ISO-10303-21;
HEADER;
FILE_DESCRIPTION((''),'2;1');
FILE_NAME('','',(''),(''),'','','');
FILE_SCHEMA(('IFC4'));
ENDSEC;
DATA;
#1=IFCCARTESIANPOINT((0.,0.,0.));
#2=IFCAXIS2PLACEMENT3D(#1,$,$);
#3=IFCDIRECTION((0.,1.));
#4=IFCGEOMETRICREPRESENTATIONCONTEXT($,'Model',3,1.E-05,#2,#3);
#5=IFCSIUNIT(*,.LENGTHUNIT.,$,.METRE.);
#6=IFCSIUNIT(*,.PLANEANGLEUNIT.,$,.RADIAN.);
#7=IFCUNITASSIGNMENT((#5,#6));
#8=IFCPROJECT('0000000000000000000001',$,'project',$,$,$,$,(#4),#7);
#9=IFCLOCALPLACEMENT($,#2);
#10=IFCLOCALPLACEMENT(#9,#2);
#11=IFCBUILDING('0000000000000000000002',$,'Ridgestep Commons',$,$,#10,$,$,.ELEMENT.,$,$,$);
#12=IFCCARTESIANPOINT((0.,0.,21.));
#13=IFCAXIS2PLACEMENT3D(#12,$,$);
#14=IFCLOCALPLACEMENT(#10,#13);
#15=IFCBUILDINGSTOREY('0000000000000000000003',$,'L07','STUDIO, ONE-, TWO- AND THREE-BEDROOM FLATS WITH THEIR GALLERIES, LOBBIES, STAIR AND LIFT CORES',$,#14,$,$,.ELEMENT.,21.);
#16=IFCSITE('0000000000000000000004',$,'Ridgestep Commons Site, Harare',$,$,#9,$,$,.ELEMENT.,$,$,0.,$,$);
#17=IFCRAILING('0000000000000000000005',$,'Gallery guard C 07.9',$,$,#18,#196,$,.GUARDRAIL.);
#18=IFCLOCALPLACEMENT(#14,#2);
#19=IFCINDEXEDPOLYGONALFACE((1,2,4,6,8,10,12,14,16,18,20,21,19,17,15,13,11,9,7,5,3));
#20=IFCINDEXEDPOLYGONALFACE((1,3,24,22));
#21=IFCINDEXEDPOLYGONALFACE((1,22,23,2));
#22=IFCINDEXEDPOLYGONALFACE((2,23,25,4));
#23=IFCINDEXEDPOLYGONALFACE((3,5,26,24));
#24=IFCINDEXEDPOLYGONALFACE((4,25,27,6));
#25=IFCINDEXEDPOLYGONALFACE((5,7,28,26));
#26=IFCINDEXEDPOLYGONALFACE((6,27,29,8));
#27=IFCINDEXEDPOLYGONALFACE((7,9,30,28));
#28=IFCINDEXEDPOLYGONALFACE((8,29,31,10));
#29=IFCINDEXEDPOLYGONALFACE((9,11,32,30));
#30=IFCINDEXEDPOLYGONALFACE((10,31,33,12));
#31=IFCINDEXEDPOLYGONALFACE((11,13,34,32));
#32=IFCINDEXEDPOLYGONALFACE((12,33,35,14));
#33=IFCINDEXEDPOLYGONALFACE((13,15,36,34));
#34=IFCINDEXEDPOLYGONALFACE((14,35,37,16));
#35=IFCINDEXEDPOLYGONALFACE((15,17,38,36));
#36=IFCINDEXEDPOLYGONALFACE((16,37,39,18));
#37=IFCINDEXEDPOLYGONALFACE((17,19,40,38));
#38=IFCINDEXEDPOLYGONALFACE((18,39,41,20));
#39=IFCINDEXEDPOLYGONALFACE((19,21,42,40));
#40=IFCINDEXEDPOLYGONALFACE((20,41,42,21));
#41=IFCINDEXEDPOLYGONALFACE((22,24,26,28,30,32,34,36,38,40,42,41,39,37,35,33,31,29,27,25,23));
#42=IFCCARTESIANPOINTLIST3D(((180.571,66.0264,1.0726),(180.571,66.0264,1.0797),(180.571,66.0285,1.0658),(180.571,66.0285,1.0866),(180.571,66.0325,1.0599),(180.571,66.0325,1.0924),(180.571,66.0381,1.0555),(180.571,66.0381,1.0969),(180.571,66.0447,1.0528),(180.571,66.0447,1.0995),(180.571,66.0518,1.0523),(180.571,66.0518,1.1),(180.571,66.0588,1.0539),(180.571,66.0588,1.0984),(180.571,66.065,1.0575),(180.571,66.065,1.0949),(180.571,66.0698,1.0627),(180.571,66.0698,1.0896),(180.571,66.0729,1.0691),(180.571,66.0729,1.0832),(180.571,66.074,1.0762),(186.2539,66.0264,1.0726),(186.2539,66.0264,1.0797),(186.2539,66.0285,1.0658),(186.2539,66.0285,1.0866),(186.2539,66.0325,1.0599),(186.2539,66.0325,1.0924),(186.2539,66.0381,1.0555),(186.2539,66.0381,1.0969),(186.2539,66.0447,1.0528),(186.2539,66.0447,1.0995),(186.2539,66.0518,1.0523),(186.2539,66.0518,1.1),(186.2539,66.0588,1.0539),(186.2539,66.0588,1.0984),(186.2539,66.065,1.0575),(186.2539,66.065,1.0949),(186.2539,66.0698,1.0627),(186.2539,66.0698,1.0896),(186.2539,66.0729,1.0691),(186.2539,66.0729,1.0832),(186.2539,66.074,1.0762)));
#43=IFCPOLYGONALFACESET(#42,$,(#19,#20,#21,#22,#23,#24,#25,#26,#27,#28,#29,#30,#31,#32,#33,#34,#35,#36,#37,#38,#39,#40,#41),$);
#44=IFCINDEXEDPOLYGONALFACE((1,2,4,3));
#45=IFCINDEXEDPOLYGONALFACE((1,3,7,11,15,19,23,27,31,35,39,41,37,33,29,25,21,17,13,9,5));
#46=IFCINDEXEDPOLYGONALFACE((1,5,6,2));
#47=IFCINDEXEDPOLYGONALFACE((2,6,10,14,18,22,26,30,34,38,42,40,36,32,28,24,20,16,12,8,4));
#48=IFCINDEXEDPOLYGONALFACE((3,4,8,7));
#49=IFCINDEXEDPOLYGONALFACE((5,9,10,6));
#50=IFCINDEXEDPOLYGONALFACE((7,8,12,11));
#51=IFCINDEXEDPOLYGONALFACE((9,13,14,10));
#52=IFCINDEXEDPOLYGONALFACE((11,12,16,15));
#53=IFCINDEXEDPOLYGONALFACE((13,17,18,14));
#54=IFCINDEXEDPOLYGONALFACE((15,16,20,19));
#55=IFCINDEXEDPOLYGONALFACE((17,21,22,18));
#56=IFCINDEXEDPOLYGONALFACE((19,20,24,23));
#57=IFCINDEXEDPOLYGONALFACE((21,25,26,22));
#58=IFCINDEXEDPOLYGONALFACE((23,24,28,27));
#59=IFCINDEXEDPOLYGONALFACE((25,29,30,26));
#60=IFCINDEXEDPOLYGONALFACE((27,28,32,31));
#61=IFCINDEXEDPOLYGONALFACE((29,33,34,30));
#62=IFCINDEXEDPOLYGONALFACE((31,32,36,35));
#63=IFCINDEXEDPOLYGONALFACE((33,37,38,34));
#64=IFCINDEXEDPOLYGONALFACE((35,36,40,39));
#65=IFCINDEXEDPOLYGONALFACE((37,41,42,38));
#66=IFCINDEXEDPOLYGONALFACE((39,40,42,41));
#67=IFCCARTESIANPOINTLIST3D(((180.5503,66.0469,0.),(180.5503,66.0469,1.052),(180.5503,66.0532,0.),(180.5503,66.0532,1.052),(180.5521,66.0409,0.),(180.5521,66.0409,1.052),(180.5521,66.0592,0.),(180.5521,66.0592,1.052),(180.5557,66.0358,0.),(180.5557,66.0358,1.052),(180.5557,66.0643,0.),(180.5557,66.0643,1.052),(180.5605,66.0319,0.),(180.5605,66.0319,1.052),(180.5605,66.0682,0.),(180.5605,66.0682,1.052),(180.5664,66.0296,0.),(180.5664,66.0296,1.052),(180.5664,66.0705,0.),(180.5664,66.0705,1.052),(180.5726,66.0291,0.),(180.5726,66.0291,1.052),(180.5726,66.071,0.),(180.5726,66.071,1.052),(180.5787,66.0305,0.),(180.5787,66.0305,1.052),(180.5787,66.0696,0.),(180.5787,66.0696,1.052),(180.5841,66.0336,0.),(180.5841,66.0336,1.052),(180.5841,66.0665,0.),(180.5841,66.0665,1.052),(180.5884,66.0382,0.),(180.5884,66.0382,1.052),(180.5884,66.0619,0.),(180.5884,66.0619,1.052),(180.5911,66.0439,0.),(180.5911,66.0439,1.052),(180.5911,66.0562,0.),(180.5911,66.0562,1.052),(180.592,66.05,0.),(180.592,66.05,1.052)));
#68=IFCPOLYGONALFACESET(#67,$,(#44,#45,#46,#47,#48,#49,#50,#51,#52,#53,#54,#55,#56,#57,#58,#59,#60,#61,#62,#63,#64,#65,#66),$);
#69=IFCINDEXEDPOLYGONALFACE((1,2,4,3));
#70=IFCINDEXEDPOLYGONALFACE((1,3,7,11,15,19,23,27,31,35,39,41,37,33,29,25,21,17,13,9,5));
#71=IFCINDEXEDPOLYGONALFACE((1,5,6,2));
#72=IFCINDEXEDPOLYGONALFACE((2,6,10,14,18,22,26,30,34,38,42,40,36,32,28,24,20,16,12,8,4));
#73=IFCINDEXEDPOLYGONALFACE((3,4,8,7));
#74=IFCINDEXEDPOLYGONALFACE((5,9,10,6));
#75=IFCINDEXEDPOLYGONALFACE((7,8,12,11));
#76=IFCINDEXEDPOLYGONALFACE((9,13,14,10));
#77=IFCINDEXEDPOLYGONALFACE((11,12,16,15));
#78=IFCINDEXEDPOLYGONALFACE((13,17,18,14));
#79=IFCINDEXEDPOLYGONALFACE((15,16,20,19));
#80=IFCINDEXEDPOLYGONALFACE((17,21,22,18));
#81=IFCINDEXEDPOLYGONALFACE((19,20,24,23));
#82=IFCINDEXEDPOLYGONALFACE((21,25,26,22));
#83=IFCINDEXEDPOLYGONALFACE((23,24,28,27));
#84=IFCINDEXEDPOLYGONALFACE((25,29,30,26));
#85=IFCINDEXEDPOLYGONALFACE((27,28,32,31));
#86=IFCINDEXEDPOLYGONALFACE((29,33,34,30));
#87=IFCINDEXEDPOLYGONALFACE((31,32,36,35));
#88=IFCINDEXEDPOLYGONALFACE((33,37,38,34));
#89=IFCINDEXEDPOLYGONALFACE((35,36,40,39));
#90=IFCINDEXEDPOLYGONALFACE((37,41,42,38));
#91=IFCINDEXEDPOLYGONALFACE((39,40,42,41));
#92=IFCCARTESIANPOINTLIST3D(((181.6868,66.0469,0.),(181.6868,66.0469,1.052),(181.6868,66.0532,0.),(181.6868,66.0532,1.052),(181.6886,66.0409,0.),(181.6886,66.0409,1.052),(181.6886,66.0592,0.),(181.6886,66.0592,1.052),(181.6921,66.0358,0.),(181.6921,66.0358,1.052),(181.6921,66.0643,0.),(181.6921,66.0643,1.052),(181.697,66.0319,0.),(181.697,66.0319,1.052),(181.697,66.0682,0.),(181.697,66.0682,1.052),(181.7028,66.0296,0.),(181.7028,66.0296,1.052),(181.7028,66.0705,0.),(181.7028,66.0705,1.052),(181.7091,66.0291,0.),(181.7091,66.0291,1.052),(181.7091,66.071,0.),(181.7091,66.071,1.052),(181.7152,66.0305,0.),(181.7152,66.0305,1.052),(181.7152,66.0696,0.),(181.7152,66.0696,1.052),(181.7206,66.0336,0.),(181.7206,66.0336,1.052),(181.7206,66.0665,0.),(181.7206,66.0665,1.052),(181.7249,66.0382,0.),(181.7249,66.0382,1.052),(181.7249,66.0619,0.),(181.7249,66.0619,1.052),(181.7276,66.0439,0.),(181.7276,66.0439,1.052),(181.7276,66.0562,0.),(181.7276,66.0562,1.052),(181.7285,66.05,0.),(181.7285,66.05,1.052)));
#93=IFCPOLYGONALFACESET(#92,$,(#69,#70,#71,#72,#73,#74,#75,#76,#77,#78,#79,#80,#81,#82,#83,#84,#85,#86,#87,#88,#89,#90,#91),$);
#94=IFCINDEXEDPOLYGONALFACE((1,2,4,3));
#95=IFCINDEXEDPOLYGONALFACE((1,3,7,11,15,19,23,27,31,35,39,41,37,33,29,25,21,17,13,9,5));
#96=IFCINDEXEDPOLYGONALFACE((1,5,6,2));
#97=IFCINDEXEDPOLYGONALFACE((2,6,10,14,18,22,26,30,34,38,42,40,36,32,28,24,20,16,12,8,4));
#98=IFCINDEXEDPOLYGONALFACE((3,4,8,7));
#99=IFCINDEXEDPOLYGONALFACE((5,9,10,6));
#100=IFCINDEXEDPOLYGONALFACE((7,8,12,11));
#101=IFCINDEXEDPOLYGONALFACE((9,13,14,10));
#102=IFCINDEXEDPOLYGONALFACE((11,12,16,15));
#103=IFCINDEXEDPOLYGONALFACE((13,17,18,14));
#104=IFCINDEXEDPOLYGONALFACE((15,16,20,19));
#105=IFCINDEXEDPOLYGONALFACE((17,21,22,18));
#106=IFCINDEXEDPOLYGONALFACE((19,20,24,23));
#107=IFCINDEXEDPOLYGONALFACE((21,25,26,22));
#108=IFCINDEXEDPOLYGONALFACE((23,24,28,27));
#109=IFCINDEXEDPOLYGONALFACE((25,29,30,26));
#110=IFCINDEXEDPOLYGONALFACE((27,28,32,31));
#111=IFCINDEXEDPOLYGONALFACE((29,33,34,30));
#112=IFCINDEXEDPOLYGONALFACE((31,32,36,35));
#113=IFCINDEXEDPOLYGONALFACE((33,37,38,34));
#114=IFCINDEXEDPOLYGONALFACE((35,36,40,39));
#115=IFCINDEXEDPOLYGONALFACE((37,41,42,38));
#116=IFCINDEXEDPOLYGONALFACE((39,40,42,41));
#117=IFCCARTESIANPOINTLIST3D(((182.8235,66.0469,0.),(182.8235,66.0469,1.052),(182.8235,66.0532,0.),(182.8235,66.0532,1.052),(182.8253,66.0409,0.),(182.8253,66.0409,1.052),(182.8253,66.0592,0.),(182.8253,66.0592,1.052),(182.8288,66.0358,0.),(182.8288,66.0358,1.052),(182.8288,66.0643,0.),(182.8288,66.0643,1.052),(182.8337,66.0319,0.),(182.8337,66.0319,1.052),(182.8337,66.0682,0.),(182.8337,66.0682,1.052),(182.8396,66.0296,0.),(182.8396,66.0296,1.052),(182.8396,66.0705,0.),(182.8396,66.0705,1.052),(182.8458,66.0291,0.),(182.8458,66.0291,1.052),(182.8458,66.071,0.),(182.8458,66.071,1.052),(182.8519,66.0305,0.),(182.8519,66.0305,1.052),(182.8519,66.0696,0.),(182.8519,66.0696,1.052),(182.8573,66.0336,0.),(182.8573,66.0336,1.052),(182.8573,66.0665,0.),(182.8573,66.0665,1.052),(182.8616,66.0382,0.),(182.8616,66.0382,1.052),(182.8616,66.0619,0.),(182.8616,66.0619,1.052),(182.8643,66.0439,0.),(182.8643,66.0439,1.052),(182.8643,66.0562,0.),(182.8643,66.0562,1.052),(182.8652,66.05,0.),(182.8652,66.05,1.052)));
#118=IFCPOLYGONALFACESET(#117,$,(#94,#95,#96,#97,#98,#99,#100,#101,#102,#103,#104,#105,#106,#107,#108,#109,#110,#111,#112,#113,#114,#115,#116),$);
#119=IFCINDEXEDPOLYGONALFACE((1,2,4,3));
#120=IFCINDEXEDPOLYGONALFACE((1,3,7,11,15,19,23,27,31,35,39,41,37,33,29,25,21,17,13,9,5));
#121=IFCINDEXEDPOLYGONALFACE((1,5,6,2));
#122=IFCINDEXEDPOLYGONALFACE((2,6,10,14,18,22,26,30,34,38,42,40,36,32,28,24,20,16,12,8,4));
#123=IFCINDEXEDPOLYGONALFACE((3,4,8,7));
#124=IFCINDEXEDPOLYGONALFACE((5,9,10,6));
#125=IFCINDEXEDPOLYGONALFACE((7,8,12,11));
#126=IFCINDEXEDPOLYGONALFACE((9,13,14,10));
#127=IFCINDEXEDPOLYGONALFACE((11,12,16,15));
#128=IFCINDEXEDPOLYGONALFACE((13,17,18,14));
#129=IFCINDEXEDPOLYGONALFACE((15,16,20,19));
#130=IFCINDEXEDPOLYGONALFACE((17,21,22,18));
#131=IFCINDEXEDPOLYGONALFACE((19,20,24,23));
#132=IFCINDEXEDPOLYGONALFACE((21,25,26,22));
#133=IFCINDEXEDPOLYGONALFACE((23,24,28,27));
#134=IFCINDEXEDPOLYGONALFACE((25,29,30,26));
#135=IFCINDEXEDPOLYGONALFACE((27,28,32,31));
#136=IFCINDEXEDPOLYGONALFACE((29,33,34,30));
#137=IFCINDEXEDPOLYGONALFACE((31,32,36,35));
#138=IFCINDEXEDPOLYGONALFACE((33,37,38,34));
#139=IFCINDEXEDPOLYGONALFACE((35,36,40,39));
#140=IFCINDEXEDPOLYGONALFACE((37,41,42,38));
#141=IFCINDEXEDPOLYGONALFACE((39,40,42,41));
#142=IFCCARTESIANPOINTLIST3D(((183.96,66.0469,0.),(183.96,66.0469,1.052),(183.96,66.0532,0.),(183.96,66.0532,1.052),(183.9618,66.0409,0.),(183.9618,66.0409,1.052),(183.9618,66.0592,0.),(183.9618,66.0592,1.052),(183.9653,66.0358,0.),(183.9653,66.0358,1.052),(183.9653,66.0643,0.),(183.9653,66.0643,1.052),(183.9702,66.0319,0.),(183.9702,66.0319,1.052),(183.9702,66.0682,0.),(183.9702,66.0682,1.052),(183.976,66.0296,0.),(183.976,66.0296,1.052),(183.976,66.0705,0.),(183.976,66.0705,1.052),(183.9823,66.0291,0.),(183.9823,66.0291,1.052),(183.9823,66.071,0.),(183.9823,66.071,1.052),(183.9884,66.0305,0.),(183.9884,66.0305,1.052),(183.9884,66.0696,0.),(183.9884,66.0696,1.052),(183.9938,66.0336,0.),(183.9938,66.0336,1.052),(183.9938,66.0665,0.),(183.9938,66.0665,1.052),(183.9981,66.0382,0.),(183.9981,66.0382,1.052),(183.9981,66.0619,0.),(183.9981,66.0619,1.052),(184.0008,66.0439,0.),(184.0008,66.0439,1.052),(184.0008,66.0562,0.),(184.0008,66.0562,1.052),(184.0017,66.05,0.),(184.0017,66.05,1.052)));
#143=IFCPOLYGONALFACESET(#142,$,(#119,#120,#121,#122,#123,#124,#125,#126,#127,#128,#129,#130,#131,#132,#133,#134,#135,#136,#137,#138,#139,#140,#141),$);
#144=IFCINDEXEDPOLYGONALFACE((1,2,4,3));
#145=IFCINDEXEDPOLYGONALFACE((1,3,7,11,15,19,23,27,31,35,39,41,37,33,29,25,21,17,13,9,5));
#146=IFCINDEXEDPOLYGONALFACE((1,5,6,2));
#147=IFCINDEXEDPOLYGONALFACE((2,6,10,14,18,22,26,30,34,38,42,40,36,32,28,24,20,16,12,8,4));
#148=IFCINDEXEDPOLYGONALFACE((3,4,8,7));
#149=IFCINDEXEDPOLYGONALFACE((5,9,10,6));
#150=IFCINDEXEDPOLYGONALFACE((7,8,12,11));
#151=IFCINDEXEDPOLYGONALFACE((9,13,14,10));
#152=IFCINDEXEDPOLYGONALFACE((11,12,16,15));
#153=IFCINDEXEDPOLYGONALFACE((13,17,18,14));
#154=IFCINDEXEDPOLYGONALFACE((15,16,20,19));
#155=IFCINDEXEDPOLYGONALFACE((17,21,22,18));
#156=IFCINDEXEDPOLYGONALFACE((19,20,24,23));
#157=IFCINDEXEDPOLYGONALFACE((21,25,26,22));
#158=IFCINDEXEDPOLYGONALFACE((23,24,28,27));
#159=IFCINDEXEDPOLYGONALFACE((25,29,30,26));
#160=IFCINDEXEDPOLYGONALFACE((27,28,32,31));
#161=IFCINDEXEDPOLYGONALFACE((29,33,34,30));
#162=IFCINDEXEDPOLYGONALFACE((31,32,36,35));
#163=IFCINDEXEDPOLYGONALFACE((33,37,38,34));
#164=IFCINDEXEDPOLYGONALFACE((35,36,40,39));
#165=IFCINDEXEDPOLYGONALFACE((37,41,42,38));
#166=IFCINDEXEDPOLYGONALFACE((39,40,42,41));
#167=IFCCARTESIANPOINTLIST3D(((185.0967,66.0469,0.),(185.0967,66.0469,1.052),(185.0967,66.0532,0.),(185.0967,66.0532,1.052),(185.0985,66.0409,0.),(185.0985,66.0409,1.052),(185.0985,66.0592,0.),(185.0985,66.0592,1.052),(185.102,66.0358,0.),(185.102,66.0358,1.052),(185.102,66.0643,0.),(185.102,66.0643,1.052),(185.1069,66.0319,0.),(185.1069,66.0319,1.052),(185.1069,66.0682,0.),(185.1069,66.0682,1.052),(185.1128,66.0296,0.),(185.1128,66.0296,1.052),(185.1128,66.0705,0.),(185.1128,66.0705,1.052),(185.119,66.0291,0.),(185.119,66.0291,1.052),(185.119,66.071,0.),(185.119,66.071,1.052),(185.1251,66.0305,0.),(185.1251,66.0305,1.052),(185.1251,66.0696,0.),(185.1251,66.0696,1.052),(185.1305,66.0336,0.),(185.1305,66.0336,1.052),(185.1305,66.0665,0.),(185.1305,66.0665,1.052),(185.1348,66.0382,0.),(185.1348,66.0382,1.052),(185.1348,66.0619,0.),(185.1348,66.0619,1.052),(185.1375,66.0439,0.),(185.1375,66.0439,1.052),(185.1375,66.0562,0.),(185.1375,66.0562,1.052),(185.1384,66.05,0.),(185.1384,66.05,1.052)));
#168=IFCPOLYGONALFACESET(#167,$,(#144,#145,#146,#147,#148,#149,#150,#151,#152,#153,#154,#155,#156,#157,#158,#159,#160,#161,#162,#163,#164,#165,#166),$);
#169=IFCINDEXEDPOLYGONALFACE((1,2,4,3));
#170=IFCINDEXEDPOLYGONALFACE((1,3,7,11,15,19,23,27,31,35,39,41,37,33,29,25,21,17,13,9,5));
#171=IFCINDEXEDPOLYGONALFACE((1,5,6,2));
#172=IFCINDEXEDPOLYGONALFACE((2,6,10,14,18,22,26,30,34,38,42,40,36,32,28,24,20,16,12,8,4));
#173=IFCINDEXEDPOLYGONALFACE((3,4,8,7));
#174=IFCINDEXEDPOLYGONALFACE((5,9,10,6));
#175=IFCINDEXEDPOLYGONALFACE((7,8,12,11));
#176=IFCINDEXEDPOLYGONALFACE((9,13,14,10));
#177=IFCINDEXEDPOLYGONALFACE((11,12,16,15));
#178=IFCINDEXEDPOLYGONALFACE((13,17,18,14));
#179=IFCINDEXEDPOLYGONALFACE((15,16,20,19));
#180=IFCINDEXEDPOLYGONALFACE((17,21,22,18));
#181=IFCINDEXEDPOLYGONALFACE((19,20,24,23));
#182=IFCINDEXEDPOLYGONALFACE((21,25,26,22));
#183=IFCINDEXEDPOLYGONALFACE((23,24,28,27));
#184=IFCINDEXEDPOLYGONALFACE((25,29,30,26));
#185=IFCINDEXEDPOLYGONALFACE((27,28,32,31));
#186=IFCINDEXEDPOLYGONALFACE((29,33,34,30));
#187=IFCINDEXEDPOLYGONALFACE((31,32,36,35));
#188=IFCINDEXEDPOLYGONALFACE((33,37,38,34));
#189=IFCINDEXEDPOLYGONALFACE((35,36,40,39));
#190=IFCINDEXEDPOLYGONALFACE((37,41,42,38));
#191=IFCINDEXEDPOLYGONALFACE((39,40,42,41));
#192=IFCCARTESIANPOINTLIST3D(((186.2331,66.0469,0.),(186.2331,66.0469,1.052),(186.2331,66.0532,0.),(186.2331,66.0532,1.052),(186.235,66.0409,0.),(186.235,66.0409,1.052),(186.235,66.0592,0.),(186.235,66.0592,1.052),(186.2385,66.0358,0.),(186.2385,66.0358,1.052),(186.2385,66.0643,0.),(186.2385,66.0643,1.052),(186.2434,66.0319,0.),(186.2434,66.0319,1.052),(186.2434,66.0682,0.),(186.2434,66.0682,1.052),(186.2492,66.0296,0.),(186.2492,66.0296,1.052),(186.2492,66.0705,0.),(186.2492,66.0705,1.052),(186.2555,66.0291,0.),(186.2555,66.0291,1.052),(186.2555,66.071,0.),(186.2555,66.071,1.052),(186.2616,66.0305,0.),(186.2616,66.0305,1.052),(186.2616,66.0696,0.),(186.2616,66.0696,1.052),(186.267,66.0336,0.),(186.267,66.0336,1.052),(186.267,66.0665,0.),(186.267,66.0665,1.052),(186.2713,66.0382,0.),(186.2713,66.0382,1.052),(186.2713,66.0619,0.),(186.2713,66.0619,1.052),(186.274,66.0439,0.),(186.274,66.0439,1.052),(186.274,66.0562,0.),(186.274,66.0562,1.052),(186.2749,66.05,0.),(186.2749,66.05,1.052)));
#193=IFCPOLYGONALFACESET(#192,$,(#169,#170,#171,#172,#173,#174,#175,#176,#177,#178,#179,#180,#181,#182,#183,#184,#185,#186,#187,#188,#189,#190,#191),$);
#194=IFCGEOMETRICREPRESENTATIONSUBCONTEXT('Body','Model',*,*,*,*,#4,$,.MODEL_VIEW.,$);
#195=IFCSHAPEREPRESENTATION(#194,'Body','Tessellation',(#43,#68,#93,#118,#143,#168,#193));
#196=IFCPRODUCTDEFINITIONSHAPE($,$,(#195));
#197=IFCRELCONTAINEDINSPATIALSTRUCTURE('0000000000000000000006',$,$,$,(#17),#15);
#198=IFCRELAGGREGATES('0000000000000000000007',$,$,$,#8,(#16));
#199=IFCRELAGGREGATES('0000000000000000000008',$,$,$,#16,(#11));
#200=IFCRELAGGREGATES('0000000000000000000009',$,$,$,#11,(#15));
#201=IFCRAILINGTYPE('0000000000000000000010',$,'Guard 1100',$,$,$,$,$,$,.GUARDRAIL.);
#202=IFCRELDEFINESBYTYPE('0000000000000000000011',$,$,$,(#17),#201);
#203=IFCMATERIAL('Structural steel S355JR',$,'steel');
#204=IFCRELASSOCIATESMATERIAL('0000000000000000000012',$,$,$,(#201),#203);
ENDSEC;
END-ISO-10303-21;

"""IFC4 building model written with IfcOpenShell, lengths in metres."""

from ifc_helpers import new_model, si_unit, direction, frame, origin, origin_2d, place, context, subcontext, project, spatial, circle, extrude, material, type_object, element, save


model = new_model("IFC4")

# Units and contexts
model_context = context("Model", 3, precision=1e-05, world=origin(), true_north=direction((0.0, 1.0)))
body_context = subcontext(model_context, "Body", "Model", "MODEL_VIEW")
ifc_project = project(units=[si_unit("LENGTHUNIT", "METRE"), si_unit("PLANEANGLEUNIT", "RADIAN")], contexts=[model_context])

# Site, building, storey
site_placement = place(None, origin())
site = spatial("IfcSite", under=ifc_project, at=site_placement, Name="Ridgestep Commons Site, Harare", CompositionType="ELEMENT", RefElevation=0.0)
building_placement = place(site_placement, origin())
building = spatial("IfcBuilding", under=site, at=building_placement, Name="Ridgestep Commons", CompositionType="ELEMENT")
storey_placement = place(building_placement, frame((0.0, 0.0, 21.0)))
storey = spatial("IfcBuildingStorey", under=building, at=storey_placement, Name="L07", Description="STUDIO, ONE-, TWO- AND THREE-BEDROOM FLATS WITH THEIR GALLERIES, LOBBIES, STAIR AND LIFT CORES", CompositionType="ELEMENT", Elevation=21.0)

# Railing
ifc_material_1 = material(Name="Structural steel S355JR", Category="steel")
railing_type = type_object("IfcRailingType", Name="Guard 1100", PredefinedType="GUARDRAIL", material=ifc_material_1)
railing_placement = place(storey_placement, frame((180.571, 66.05, 0.0)))
element("IfcRailing", 1, at=railing_placement, inside=storey, type_object=railing_type, Name="Gallery guard C 07.9", PredefinedType="GUARDRAIL", context=body_context, shape_type="SweptSolid", body=[
    extrude(circle(Radius=0.0239, at=origin_2d()), frame((0.0, 0.0, 1.0762), z_axis=(1.0, 0.0, 0.0), x_axis=(0.0, 1.0, 0.0)), (0.0, 0.0, 1.0), 5.6829),
    extrude(circle(Radius=0.021, at=origin_2d()), origin(), (0.0, 0.0, 1.0), 1.052),
    extrude(circle(Radius=0.021, at=origin_2d()), frame((1.1365, 0.0, 0.0)), (0.0, 0.0, 1.0), 1.052),
    extrude(circle(Radius=0.021, at=origin_2d()), frame((2.2732, 0.0, 0.0)), (0.0, 0.0, 1.0), 1.052),
    extrude(circle(Radius=0.021, at=origin_2d()), frame((3.4097, 0.0, 0.0)), (0.0, 0.0, 1.0), 1.052),
    extrude(circle(Radius=0.021, at=origin_2d()), frame((4.5464, 0.0, 0.0)), (0.0, 0.0, 1.0), 1.052),
    extrude(circle(Radius=0.021, at=origin_2d()), frame((5.6829, 0.0, 0.0)), (0.0, 0.0, 1.0), 1.052),
])

save(model, "model.ifc")
